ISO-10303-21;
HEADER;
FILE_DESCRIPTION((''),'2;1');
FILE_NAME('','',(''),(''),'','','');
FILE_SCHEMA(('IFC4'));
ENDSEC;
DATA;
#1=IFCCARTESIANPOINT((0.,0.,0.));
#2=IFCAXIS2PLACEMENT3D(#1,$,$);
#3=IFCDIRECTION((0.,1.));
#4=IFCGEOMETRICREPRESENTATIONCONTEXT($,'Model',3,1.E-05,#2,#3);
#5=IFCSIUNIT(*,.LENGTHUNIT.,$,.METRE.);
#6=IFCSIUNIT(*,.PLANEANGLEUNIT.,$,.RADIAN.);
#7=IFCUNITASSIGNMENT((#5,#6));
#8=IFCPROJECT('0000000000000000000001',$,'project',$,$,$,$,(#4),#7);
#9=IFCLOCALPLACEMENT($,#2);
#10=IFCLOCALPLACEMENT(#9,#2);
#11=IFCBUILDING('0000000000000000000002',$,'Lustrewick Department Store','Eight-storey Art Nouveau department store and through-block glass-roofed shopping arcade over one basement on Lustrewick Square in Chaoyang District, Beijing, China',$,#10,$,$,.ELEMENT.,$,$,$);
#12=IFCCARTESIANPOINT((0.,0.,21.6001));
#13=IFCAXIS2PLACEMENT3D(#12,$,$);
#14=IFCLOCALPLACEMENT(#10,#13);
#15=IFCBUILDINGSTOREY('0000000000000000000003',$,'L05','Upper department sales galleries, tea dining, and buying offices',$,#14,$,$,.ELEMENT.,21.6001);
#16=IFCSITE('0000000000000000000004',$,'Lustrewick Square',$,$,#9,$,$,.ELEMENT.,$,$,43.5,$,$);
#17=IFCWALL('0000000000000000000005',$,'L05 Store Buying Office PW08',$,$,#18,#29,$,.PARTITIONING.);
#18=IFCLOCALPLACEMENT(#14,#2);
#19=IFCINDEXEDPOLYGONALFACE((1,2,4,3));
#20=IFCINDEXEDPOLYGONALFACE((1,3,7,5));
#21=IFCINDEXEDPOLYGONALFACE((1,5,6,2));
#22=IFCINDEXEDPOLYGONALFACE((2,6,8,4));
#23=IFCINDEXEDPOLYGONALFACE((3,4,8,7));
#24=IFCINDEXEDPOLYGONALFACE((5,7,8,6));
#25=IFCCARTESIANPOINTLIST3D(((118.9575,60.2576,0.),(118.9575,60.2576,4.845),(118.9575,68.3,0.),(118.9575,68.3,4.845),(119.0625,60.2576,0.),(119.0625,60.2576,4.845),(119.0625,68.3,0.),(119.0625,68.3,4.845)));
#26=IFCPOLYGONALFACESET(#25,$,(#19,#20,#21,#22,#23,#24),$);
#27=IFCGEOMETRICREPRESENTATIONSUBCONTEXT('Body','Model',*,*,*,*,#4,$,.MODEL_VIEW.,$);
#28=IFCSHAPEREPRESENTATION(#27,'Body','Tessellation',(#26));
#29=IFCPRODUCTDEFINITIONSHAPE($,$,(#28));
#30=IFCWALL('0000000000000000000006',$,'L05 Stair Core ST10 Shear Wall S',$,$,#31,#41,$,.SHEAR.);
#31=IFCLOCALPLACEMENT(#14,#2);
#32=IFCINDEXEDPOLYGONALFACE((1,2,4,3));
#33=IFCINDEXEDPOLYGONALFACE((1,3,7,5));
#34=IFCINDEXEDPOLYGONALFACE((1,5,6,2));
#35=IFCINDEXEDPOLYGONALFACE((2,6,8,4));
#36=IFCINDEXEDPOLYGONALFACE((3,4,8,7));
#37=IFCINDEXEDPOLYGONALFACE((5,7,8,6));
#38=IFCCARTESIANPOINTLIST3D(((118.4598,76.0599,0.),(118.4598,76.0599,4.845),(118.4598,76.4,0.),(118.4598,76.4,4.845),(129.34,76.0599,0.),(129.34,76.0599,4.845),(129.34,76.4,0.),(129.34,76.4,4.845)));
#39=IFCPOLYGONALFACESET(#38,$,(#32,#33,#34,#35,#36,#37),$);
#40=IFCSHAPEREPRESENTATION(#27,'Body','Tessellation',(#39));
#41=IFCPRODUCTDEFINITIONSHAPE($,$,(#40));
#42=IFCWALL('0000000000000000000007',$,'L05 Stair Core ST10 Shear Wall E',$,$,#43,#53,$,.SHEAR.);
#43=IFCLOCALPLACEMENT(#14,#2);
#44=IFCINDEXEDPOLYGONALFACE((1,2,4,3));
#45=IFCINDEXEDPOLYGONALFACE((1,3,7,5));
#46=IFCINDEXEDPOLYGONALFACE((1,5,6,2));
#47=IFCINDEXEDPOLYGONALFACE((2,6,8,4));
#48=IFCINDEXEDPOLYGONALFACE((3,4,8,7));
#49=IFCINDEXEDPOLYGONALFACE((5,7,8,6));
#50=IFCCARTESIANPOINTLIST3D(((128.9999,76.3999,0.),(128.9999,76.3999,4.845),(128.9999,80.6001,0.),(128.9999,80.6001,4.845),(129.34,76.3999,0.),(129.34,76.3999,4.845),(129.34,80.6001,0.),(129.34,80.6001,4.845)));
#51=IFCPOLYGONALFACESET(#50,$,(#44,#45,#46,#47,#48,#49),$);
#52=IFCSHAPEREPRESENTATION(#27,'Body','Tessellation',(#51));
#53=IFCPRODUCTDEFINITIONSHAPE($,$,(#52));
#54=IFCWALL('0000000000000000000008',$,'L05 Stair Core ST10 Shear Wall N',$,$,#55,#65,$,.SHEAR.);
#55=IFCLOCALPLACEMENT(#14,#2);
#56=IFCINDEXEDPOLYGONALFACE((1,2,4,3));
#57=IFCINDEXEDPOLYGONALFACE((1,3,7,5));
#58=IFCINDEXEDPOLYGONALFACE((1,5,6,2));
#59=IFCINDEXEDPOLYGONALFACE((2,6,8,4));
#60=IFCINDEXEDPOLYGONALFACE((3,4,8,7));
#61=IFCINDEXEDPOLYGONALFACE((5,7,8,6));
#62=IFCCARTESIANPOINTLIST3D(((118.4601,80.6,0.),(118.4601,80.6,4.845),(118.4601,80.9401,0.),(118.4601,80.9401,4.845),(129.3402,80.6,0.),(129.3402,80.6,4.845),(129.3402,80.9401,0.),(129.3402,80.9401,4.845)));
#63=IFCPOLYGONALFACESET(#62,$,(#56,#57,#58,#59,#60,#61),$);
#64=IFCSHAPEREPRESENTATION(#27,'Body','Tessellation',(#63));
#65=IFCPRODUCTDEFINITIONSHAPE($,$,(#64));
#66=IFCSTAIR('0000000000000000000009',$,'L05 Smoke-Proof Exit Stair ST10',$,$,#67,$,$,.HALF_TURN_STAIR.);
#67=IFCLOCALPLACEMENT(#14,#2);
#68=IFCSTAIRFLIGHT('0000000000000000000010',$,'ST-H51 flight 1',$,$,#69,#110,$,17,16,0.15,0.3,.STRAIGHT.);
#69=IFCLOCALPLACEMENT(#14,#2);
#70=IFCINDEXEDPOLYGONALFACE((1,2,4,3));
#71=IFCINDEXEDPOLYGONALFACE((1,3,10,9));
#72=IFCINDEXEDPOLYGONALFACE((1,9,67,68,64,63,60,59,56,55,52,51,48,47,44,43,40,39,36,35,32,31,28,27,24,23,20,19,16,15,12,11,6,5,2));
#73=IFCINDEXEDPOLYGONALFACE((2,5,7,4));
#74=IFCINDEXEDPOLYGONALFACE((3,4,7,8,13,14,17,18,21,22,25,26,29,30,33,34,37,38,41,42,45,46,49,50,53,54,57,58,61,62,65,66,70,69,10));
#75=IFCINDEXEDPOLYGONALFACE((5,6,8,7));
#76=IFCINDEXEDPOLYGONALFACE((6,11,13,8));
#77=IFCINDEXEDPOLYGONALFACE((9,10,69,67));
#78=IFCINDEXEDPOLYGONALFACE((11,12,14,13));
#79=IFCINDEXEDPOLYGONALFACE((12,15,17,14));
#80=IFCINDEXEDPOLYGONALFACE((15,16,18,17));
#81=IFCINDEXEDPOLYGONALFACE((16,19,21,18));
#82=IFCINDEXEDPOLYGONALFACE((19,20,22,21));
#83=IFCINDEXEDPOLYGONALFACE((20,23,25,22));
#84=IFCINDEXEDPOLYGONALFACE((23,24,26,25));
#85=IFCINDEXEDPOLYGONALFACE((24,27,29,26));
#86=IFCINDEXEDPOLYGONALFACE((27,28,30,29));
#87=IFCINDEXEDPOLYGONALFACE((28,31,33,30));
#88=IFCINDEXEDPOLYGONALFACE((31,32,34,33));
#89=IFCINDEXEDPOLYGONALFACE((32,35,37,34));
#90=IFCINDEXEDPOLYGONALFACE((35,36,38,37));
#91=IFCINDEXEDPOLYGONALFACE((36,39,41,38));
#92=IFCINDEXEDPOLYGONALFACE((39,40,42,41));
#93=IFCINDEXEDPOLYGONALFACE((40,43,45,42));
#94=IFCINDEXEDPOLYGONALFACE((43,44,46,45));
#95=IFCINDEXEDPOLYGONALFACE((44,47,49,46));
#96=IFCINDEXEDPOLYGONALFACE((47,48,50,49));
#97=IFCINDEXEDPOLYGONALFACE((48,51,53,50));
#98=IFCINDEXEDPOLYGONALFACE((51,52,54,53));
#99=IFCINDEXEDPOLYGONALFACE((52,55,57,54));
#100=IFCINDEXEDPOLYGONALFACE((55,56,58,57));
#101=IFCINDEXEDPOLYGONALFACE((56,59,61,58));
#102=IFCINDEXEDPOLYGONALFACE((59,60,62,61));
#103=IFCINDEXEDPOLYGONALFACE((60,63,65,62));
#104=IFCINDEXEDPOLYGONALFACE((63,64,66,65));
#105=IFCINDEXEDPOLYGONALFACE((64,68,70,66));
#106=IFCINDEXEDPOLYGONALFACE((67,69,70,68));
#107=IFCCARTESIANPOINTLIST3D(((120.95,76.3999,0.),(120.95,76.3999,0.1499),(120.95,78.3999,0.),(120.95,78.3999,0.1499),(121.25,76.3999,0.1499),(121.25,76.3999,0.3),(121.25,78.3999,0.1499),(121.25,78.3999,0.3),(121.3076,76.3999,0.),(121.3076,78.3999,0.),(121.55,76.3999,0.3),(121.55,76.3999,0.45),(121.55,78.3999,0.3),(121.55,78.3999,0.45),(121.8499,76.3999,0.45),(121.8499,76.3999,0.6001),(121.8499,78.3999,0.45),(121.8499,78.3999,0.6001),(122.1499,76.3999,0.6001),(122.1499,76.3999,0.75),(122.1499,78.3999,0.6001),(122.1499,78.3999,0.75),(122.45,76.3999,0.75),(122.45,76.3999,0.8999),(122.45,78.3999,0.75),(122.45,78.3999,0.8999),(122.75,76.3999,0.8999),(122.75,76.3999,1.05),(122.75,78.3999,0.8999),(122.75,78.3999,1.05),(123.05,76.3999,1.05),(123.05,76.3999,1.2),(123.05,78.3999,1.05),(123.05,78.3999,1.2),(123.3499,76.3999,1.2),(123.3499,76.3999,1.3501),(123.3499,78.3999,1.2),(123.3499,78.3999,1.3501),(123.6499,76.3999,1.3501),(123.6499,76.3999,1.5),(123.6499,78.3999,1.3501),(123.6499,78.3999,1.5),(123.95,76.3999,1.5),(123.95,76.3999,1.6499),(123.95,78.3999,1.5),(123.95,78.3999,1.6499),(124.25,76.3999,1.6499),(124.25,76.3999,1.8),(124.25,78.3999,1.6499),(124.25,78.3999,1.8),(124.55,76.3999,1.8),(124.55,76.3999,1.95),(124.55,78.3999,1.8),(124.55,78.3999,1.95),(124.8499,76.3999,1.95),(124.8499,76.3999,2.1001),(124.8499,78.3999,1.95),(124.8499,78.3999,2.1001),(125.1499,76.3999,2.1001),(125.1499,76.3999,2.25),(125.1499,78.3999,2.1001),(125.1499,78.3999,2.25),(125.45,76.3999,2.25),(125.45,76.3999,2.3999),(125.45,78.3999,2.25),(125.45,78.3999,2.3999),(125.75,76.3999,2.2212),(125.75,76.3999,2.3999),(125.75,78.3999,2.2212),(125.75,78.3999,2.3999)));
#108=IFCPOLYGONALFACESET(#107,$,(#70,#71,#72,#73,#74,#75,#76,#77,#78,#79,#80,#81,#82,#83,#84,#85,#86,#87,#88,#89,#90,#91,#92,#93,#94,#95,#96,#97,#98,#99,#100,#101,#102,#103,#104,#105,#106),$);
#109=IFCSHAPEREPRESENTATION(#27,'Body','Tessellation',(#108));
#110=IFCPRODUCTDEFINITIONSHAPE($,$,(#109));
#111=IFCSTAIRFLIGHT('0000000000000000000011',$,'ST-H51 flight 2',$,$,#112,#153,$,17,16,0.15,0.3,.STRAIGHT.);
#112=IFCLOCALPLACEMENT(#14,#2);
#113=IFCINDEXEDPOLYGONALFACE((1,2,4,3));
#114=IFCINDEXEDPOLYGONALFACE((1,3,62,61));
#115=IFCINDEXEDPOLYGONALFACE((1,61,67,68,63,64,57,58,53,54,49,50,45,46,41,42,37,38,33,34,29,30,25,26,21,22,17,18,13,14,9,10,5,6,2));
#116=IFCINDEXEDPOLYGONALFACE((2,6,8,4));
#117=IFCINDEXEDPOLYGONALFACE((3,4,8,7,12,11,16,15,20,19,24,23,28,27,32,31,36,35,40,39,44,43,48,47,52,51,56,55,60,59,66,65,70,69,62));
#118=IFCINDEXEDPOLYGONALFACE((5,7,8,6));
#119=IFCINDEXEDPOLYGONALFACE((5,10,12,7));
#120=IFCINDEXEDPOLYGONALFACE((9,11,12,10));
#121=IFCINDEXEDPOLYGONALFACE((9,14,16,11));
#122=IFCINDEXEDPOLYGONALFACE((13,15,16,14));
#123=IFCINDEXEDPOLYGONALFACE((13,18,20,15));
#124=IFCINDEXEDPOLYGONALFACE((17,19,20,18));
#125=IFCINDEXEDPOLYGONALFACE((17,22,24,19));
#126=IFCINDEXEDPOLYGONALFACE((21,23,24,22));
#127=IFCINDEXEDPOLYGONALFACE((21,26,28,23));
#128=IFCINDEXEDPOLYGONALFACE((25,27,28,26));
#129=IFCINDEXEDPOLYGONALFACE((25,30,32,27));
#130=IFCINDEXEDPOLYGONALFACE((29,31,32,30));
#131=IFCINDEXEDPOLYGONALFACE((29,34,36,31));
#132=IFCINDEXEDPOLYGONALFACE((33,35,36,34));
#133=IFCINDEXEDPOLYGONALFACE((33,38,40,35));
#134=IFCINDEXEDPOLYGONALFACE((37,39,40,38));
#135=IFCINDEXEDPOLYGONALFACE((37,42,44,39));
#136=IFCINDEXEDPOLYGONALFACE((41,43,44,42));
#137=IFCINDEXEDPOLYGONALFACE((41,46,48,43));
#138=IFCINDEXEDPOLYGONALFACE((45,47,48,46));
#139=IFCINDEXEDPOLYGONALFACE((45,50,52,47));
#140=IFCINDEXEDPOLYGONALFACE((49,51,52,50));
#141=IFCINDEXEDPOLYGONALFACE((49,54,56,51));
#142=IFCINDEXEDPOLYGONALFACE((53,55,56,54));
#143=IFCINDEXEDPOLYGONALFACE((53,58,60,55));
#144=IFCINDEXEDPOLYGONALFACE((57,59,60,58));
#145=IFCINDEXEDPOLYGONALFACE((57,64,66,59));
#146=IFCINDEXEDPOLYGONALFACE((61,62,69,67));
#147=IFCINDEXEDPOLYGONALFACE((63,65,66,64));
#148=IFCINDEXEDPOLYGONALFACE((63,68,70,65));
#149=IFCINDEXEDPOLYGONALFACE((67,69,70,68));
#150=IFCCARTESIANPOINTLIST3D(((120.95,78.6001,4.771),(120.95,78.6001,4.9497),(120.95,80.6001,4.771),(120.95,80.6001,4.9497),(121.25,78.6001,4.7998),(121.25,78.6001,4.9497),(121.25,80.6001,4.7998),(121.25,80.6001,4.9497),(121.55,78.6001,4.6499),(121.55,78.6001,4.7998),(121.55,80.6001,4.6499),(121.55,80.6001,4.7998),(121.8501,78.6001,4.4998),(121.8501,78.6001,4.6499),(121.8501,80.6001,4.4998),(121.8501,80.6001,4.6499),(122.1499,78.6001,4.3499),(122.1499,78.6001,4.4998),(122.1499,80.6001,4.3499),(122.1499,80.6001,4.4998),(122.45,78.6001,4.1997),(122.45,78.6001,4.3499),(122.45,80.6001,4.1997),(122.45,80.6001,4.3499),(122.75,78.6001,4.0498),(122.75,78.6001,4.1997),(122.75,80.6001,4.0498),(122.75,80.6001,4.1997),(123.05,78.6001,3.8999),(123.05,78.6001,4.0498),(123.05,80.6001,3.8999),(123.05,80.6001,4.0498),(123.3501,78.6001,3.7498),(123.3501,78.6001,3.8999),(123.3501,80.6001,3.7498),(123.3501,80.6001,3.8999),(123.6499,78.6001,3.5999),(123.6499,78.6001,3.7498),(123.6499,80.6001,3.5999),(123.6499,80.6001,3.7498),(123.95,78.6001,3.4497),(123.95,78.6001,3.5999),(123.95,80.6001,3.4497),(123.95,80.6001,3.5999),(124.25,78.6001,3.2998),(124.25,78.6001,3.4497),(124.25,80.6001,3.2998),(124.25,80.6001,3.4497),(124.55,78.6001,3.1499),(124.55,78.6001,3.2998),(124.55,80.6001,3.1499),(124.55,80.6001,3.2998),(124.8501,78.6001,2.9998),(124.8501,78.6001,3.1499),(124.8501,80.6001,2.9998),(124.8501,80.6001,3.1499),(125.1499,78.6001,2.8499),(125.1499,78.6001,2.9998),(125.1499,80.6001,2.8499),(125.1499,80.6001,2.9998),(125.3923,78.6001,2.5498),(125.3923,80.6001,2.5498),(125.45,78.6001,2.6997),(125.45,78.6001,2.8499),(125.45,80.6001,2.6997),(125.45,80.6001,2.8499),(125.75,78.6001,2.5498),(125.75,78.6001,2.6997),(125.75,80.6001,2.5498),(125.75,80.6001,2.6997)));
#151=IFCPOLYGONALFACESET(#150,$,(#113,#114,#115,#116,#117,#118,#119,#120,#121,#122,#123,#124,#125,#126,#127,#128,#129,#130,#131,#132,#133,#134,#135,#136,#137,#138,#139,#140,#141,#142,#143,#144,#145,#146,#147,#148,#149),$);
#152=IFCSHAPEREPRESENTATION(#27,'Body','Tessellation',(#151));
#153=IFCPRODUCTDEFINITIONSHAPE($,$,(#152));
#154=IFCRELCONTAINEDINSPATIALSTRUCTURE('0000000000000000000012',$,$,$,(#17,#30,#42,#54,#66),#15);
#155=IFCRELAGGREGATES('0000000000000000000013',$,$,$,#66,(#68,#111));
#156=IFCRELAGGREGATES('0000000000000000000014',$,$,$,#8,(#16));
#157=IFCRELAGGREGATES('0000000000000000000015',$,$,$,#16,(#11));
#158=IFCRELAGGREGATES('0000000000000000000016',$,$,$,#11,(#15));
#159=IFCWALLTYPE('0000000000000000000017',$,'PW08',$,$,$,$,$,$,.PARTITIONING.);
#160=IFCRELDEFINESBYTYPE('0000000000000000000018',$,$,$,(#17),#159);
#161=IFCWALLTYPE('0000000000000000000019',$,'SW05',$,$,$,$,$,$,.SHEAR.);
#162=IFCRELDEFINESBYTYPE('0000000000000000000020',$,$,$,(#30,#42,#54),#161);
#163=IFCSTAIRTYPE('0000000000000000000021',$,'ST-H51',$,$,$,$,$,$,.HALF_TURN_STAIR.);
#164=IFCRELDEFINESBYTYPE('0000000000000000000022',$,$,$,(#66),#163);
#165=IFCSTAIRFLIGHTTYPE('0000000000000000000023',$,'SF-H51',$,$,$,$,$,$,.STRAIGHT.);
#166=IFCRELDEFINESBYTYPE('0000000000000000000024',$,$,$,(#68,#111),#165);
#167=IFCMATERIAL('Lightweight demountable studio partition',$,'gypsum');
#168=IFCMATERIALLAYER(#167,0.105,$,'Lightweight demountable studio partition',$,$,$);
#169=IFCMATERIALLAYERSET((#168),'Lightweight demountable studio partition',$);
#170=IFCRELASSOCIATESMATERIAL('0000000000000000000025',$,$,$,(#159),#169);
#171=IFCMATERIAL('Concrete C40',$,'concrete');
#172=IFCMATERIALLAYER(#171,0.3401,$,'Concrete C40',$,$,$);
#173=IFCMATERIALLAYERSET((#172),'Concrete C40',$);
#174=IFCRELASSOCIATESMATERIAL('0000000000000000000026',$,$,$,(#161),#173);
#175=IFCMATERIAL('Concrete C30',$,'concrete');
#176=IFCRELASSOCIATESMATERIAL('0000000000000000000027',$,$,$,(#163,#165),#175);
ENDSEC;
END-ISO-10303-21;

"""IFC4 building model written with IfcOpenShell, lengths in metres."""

from ifc_helpers import new_model, si_unit, direction, frame, frame_2d, origin, place, context, subcontext, project, spatial, polyline, rectangle, outline, extrude, material, layer, layer_set, type_object, element, aggregate, save


model = new_model("IFC4")

# Units and contexts
model_context = context("Model", 3, precision=1e-05, world=origin(), true_north=direction((0.0, 1.0)))
body_context = subcontext(model_context, "Body", "Model", "MODEL_VIEW")
ifc_project = project(units=[si_unit("LENGTHUNIT", "METRE"), si_unit("PLANEANGLEUNIT", "RADIAN")], contexts=[model_context])

# Site, building, storey
site_placement = place(None, origin())
site = spatial("IfcSite", under=ifc_project, at=site_placement, Name="Lustrewick Square", CompositionType="ELEMENT", RefElevation=43.5)
building_placement = place(site_placement, origin())
building = spatial("IfcBuilding", under=site, at=building_placement, Name="Lustrewick Department Store", Description="Eight-storey Art Nouveau department store and through-block glass-roofed shopping arcade over one basement on Lustrewick Square in Chaoyang District, Beijing, China", CompositionType="ELEMENT")
storey_placement = place(building_placement, frame((0.0, 0.0, 21.6001)))
storey = spatial("IfcBuildingStorey", under=building, at=storey_placement, Name="L05", Description="Upper department sales galleries, tea dining, and buying offices", CompositionType="ELEMENT", Elevation=21.6001)

# Walls
ifc_material_1 = material(Name="Lightweight demountable studio partition", Category="gypsum")
ifc_layer_1 = layer(ifc_material_1, 0.105, Name="Lightweight demountable studio partition")
ifc_layer_set_1 = layer_set([ifc_layer_1], Name="Lightweight demountable studio partition")
wall_type_1 = type_object("IfcWallType", Name="PW08", PredefinedType="PARTITIONING", material=ifc_layer_set_1)
wall_1_placement = place(storey_placement, frame((119.01, 68.3, 0.0), z_axis=(0.0, 0.0, 1.0), x_axis=(0.0, -1.0, 0.0)))
element("IfcWall", 1, at=wall_1_placement, inside=storey, type_object=wall_type_1, Name="L05 Store Buying Office PW08", PredefinedType="PARTITIONING", context=body_context, shape_type="SweptSolid", body=[
    extrude(rectangle(XDim=8.0425, YDim=0.105, at=frame_2d((4.0212, 0.0))), origin(), (0.0, 0.0, 1.0), 4.845),
])
ifc_material_2 = material(Name="Concrete C40", Category="concrete")
ifc_layer_2 = layer(ifc_material_2, 0.3401, Name="Concrete C40")
ifc_layer_set_2 = layer_set([ifc_layer_2], Name="Concrete C40")
wall_type_2 = type_object("IfcWallType", Name="SW05", PredefinedType="SHEAR", material=ifc_layer_set_2)
wall_2_placement = place(storey_placement, frame((118.46, 76.23, 0.0), z_axis=(0.0, 0.0, 1.0), x_axis=(1.0, 0.0, 0.0)))
element("IfcWall", 2, at=wall_2_placement, inside=storey, type_object=wall_type_2, Name="L05 Stair Core ST10 Shear Wall S", PredefinedType="SHEAR", context=body_context, shape_type="SweptSolid", body=[
    extrude(rectangle(XDim=10.8801, YDim=0.3401, at=frame_2d((5.4399, 0.0))), origin(), (0.0, 0.0, 1.0), 4.845),
])
wall_3_placement = place(storey_placement, frame((129.1699, 76.3999, 0.0), z_axis=(0.0, 0.0, 1.0), x_axis=(0.0, 1.0, 0.0)))
element("IfcWall", 3, at=wall_3_placement, inside=storey, type_object=wall_type_2, Name="L05 Stair Core ST10 Shear Wall E", PredefinedType="SHEAR", context=body_context, shape_type="SweptSolid", body=[
    extrude(rectangle(XDim=4.2002, YDim=0.3401, at=frame_2d((2.1001, 0.0))), origin(), (0.0, 0.0, 1.0), 4.845),
])
wall_4_placement = place(storey_placement, frame((129.3401, 80.77, 0.0), z_axis=(0.0, 0.0, 1.0), x_axis=(-1.0, 0.0, 0.0)))
element("IfcWall", 4, at=wall_4_placement, inside=storey, type_object=wall_type_2, Name="L05 Stair Core ST10 Shear Wall N", PredefinedType="SHEAR", context=body_context, shape_type="SweptSolid", body=[
    extrude(rectangle(XDim=10.8801, YDim=0.3401, at=frame_2d((5.4399, 0.0))), origin(), (0.0, 0.0, 1.0), 4.845),
])

# Stair, stair flights
ifc_material_3 = material(Name="Concrete C30", Category="concrete")
stair_type = type_object("IfcStairType", Name="ST-H51", PredefinedType="HALF_TURN_STAIR", material=ifc_material_3)
stair_placement = place(storey_placement, origin())
stair = element("IfcStair", 5, at=stair_placement, inside=storey, type_object=stair_type, Name="L05 Smoke-Proof Exit Stair ST10", PredefinedType="HALF_TURN_STAIR")
stair_flight_type = type_object("IfcStairFlightType", Name="SF-H51", PredefinedType="STRAIGHT", material=ifc_material_3)
stair_flight_1_placement = place(storey_placement, frame((120.95, 77.3999, 0.0), z_axis=(0.0, 0.0, 1.0), x_axis=(1.0, 0.0, 0.0)))
stair_flight_1 = element("IfcStairFlight", 6, at=stair_flight_1_placement, type_object=stair_flight_type, Name="ST-H51 flight 1", NumberOfRisers=17, NumberOfTreads=16, PredefinedType="STRAIGHT", RiserHeight=0.15, TreadLength=0.3, context=body_context, shape_type="SweptSolid", body=[
    extrude(outline(polyline([(0.0, 0.0), (0.0, 0.1499), (0.3, 0.1499), (0.3, 0.3), (0.6001, 0.3), (0.6001, 0.45), (0.8999, 0.45), (0.8999, 0.6001), (1.2, 0.6001), (1.2, 0.75), (1.5, 0.75), (1.5, 0.8999), (1.8, 0.8999), (1.8, 1.05), (2.1001, 1.05), (2.1001, 1.2), (2.3999, 1.2), (2.3999, 1.3501), (2.7, 1.3501), (2.7, 1.5), (3.0, 1.5), (3.0, 1.6499), (3.3, 1.6499), (3.3, 1.8), (3.6001, 1.8), (3.6001, 1.95), (3.8999, 1.95), (3.8999, 2.1001), (4.2, 2.1001), (4.2, 2.25), (4.5, 2.25), (4.5, 2.3999), (4.8, 2.3999), (4.8, 2.55), (4.8, 2.2212), (0.3577, 0.0), (0.0, 0.0)])), frame((0.0, 1.0, 0.0), z_axis=(0.0, -1.0, 0.0), x_axis=(1.0, 0.0, 0.0)), (0.0, 0.0, 1.0), 2.0),
])
stair_flight_2_placement = place(storey_placement, frame((125.75, 79.6001, 2.5498), z_axis=(0.0, 0.0, 1.0), x_axis=(-1.0, 0.0, 0.0)))
stair_flight_2 = element("IfcStairFlight", 7, at=stair_flight_2_placement, type_object=stair_flight_type, Name="ST-H51 flight 2", NumberOfRisers=17, NumberOfTreads=16, PredefinedType="STRAIGHT", RiserHeight=0.15, TreadLength=0.3, context=body_context, shape_type="SweptSolid", body=[
    extrude(outline(polyline([(0.0, 0.0), (0.0, 0.1499), (0.3, 0.1499), (0.3, 0.3), (0.6001, 0.3), (0.6001, 0.45), (0.8999, 0.45), (0.8999, 0.6001), (1.2, 0.6001), (1.2, 0.75), (1.5, 0.75), (1.5, 0.8999), (1.8, 0.8999), (1.8, 1.05), (2.1001, 1.05), (2.1001, 1.2), (2.3999, 1.2), (2.3999, 1.3501), (2.7, 1.3501), (2.7, 1.5), (3.0, 1.5), (3.0, 1.6499), (3.3, 1.6499), (3.3, 1.8), (3.6001, 1.8), (3.6001, 1.95), (3.8999, 1.95), (3.8999, 2.1001), (4.2, 2.1001), (4.2, 2.25), (4.5, 2.25), (4.5, 2.3999), (4.8, 2.3999), (4.8, 2.55), (4.8, 2.2212), (0.3577, 0.0), (0.0, 0.0)])), frame((0.0, 1.0, 0.0), z_axis=(0.0, -1.0, 0.0), x_axis=(1.0, 0.0, 0.0)), (0.0, 0.0, 1.0), 2.0),
])
aggregate(stair, [stair_flight_1, stair_flight_2])

save(model, "model.ifc")
